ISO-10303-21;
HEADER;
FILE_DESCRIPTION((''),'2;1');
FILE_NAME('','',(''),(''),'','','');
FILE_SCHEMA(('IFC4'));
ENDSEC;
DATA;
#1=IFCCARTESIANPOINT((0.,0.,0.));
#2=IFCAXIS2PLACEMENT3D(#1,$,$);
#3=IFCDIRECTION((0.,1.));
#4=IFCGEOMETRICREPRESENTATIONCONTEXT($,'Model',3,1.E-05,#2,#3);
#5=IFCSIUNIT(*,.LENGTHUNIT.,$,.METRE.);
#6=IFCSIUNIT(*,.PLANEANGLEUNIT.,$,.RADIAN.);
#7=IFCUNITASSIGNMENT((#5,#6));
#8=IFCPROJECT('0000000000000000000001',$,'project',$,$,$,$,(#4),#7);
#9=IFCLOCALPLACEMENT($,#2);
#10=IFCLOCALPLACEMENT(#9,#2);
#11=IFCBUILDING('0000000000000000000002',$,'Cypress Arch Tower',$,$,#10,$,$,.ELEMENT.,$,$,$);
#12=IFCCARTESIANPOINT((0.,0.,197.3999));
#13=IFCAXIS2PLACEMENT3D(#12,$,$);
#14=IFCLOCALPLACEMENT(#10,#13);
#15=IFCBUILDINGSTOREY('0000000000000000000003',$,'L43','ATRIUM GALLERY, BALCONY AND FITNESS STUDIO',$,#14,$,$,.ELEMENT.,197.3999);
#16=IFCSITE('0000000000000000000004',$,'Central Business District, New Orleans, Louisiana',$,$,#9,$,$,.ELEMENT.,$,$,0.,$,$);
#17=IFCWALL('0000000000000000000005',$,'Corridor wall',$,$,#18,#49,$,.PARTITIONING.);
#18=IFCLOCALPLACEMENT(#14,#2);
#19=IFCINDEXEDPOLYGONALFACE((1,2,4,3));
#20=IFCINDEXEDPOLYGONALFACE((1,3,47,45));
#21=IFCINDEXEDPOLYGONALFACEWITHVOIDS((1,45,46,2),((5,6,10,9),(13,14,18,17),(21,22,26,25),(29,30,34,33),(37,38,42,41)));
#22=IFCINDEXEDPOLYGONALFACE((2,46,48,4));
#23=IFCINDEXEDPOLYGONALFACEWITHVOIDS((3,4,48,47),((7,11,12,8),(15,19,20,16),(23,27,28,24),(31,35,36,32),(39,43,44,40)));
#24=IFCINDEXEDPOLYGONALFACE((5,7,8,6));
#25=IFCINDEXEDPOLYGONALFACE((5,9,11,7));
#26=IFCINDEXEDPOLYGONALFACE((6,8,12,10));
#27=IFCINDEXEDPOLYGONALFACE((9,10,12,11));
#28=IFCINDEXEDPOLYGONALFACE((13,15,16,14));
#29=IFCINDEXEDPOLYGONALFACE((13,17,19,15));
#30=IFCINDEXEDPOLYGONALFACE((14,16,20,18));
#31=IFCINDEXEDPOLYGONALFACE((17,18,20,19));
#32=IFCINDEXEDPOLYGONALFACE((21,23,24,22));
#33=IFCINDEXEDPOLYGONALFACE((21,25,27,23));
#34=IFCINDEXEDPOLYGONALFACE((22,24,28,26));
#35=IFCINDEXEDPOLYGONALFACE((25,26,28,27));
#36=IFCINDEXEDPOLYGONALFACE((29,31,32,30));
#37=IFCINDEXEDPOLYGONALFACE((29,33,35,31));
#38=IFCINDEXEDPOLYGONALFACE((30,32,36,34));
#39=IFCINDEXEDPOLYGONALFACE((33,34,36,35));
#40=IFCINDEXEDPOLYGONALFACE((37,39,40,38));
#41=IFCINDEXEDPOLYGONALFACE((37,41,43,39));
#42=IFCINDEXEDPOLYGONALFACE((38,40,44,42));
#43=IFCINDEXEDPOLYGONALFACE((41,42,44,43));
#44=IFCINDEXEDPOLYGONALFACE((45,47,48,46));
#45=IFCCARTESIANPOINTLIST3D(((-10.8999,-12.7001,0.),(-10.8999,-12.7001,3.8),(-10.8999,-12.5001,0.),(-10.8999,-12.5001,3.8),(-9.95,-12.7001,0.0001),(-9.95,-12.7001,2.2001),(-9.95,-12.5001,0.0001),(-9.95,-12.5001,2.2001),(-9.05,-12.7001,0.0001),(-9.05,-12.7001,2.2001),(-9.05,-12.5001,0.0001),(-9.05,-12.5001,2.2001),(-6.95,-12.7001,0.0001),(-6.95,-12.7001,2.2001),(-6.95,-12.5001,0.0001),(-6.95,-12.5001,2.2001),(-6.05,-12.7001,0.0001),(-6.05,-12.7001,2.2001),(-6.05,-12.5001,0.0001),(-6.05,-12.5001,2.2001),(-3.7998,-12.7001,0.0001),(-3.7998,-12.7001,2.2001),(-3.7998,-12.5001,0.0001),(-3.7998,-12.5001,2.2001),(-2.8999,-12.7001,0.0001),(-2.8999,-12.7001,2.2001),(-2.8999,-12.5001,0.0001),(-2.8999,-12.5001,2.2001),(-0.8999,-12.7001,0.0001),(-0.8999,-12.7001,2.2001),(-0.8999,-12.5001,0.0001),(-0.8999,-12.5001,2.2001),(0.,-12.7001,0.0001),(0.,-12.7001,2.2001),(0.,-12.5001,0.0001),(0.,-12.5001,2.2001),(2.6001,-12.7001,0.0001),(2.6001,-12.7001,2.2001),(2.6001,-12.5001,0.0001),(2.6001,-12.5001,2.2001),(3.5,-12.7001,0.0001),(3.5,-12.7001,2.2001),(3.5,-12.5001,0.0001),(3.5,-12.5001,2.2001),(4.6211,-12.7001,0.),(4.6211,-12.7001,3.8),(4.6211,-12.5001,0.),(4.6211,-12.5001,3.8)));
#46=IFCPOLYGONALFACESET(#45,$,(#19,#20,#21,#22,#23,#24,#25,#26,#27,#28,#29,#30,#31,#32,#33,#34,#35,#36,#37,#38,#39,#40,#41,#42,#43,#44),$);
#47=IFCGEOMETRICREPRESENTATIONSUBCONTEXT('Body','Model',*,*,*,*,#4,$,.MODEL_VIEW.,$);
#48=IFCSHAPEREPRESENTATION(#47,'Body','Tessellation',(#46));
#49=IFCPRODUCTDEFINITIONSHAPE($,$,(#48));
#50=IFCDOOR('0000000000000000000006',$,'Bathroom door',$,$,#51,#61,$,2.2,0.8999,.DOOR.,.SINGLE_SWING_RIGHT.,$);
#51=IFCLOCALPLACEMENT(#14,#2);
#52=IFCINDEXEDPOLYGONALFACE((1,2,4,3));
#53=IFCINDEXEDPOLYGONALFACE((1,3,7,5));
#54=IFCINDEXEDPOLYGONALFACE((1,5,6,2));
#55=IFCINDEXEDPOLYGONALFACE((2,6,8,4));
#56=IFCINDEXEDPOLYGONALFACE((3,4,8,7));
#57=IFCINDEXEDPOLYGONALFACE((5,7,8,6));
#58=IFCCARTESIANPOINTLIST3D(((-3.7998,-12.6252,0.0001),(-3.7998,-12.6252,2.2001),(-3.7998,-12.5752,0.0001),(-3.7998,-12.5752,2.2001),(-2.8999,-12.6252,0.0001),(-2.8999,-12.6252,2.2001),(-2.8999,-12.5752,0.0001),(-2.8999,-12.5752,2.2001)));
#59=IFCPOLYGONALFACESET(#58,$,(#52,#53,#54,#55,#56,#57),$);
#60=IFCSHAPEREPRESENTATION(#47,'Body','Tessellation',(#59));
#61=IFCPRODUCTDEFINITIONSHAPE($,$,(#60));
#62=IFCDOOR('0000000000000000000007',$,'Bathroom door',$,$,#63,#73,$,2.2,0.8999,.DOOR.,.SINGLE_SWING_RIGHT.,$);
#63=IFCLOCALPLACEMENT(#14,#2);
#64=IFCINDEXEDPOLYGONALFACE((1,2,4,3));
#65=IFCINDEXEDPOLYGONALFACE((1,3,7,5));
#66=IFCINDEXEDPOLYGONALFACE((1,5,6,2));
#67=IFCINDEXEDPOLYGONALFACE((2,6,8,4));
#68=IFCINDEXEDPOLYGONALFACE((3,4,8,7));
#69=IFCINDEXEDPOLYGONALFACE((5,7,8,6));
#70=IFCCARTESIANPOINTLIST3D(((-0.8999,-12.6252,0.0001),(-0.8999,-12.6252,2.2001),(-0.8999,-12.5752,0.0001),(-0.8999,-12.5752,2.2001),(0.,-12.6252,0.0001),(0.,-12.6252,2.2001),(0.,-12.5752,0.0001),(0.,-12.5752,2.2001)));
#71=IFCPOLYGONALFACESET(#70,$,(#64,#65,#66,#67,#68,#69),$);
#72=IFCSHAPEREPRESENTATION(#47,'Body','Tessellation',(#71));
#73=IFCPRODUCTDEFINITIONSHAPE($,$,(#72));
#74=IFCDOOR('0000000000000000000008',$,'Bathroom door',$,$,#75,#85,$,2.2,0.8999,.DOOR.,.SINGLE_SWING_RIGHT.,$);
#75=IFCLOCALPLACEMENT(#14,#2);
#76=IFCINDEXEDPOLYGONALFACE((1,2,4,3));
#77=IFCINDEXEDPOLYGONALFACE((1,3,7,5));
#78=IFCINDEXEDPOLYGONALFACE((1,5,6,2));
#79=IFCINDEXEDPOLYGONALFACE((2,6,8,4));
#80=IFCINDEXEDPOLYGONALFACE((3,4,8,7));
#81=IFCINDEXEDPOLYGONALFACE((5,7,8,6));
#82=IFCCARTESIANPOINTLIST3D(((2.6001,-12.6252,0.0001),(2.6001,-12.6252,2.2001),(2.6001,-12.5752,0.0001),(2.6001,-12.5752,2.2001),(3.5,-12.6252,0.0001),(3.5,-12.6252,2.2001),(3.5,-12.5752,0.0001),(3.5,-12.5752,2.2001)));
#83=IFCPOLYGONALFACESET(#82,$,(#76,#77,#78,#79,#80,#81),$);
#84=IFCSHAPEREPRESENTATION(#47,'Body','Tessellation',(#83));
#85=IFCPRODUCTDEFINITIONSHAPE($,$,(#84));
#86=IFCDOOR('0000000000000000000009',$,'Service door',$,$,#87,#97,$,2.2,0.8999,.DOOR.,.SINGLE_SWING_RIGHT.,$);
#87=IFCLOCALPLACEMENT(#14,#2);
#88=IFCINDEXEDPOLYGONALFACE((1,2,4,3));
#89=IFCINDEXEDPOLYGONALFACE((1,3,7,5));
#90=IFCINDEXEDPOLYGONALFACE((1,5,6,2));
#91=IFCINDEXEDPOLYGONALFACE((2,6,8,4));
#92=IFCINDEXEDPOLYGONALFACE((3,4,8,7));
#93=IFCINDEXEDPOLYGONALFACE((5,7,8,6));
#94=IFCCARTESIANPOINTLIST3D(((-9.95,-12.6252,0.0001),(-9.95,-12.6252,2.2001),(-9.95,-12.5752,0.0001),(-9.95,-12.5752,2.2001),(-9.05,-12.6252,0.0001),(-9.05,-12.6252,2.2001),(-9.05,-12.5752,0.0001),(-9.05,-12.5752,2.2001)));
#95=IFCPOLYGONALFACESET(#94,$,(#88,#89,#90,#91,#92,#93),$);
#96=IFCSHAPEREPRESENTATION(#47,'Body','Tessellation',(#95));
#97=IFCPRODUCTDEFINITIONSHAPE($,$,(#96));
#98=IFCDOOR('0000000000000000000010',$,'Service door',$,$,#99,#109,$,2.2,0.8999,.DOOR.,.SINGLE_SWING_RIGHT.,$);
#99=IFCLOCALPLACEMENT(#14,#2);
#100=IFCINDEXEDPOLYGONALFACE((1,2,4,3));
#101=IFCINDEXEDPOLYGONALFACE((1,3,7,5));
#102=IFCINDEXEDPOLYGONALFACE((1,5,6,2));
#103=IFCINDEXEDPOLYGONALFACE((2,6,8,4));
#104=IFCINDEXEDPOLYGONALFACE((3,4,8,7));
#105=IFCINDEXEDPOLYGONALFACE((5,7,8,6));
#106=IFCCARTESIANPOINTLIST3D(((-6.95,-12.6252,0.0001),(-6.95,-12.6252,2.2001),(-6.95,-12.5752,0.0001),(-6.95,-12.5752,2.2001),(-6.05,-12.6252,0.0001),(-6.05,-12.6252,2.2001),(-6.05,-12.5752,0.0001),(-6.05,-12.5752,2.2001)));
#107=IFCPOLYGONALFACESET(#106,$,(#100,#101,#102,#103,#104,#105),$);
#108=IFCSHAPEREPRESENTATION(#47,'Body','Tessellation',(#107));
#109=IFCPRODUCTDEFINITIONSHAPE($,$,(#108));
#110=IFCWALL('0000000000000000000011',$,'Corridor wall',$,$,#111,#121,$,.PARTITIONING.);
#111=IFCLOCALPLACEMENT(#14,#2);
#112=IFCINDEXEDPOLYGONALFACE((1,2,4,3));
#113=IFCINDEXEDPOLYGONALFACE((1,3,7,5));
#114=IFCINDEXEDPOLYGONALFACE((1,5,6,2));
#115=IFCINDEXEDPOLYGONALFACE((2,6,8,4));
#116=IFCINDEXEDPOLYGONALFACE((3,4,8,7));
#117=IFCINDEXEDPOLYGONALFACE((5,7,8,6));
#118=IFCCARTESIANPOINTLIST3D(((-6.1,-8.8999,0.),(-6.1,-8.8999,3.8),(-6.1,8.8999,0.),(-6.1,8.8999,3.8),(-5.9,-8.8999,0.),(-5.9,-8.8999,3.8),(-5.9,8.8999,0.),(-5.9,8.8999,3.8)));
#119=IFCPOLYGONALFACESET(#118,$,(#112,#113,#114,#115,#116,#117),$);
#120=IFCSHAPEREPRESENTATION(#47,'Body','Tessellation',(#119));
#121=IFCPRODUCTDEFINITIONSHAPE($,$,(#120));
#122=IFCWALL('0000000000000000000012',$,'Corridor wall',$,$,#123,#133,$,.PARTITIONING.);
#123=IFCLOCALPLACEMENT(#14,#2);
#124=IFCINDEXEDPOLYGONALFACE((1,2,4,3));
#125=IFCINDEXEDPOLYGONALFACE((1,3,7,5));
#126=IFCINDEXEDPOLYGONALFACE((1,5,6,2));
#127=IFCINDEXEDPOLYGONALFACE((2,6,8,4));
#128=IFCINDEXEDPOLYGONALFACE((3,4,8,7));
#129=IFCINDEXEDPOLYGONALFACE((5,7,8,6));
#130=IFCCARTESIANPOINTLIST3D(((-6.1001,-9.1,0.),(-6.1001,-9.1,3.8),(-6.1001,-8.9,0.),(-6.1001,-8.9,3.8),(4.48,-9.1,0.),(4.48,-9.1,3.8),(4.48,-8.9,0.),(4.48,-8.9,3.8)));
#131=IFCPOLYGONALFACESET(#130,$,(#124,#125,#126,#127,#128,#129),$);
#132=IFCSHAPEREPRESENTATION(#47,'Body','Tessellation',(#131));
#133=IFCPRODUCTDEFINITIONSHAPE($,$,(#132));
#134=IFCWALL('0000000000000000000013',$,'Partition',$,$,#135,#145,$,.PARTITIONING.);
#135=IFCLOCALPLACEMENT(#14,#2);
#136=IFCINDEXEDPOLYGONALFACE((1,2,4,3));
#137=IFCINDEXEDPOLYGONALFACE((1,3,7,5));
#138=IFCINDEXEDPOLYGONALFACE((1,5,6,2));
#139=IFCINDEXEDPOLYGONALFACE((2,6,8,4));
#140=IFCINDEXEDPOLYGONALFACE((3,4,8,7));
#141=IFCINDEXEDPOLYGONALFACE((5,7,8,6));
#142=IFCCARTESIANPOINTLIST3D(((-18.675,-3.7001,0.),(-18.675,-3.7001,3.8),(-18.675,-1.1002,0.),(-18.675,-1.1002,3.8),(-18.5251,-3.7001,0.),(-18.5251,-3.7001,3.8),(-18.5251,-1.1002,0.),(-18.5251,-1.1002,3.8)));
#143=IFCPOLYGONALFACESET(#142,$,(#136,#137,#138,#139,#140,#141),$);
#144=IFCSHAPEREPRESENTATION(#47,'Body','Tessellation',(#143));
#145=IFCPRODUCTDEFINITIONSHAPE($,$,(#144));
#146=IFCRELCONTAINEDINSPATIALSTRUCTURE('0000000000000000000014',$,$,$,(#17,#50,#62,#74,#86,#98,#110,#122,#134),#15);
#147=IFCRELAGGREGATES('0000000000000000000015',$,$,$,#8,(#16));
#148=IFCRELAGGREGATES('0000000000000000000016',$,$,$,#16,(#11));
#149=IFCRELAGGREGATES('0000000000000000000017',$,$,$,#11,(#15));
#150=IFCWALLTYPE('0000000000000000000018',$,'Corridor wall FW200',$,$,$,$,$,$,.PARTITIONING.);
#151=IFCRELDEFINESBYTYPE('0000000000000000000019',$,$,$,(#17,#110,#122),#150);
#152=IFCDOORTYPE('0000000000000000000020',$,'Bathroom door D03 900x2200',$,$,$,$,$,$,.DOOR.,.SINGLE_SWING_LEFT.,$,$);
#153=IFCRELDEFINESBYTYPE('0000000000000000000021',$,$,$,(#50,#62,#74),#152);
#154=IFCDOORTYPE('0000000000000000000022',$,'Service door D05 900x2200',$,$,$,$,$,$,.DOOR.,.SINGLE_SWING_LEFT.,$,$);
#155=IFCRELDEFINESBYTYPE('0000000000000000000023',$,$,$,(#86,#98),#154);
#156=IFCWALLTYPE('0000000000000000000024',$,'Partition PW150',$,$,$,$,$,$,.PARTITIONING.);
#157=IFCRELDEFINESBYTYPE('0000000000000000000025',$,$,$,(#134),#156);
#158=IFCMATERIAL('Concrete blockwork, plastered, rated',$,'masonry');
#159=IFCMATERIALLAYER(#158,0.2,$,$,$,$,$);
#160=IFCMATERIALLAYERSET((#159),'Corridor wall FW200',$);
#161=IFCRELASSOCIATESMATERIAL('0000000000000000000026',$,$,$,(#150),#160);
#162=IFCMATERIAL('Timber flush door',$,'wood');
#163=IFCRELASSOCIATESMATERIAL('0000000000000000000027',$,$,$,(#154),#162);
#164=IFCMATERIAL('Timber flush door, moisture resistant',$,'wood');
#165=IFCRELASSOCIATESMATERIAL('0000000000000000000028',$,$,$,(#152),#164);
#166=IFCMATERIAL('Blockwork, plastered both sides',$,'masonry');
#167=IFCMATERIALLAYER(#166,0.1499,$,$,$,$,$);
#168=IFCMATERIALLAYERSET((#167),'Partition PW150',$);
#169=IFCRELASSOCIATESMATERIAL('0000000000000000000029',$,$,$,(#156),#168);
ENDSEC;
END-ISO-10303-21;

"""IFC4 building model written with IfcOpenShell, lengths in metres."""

from ifc_helpers import new_model, si_unit, direction, frame, frame_2d, origin, place, context, subcontext, project, spatial, rectangle, extrude, material, layer, layer_set, type_object, element, fill, save


model = new_model("IFC4")

# Units and contexts
model_context = context("Model", 3, precision=1e-05, world=origin(), true_north=direction((0.0, 1.0)))
body_context = subcontext(model_context, "Body", "Model", "MODEL_VIEW")
ifc_project = project(units=[si_unit("LENGTHUNIT", "METRE"), si_unit("PLANEANGLEUNIT", "RADIAN")], contexts=[model_context])

# Site, building, storey
site_placement = place(None, origin())
site = spatial("IfcSite", under=ifc_project, at=site_placement, Name="Central Business District, New Orleans, Louisiana", CompositionType="ELEMENT", RefElevation=0.0)
building_placement = place(site_placement, origin())
building = spatial("IfcBuilding", under=site, at=building_placement, Name="Cypress Arch Tower", CompositionType="ELEMENT")
storey_placement = place(building_placement, frame((0.0, 0.0, 197.3999)))
storey = spatial("IfcBuildingStorey", under=building, at=storey_placement, Name="L43", Description="ATRIUM GALLERY, BALCONY AND FITNESS STUDIO", CompositionType="ELEMENT", Elevation=197.3999)

# Wall, openings, doors
ifc_material_1 = material(Name="Concrete blockwork, plastered, rated", Category="masonry")
ifc_layer_1 = layer(ifc_material_1, 0.2)
ifc_layer_set_1 = layer_set([ifc_layer_1], Name="Corridor wall FW200")
wall_type_1 = type_object("IfcWallType", Name="Corridor wall FW200", PredefinedType="PARTITIONING", material=ifc_layer_set_1)
ifc_material_2 = material(Name="Timber flush door", Category="wood")
door_type_1 = type_object("IfcDoorType", Name="Service door D05 900x2200", OperationType="SINGLE_SWING_LEFT", PredefinedType="DOOR", material=ifc_material_2)
wall_1_placement = place(storey_placement, frame((-10.8999, -12.6001, 0.0), z_axis=(0.0, 0.0, 1.0), x_axis=(1.0, 0.0, 0.0)))
wall_1 = element("IfcWall", 1, at=wall_1_placement, inside=storey, type_object=wall_type_1, Name="Corridor wall", PredefinedType="PARTITIONING", context=body_context, shape_type="SweptSolid", body=[
    extrude(rectangle(XDim=15.521, YDim=0.2, at=frame_2d((7.7605, 0.0))), origin(), (0.0, 0.0, 1.0), 3.8),
])
opening_1_placement = place(wall_1_placement, frame((0.95, 0.0, 0.0)))
opening_1 = element("IfcOpeningElement", 2, at=opening_1_placement, cuts=wall_1, PredefinedType="OPENING", context=body_context, shape_type="SweptSolid", body=[
    extrude(rectangle(XDim=0.8999, YDim=2.2, at=frame_2d((0.45, 1.1001))), frame((0.0, 0.1099, 0.0), z_axis=(0.0, -1.0, 0.0), x_axis=(1.0, 0.0, 0.0)), (0.0, 0.0, 1.0), 0.22),
])
opening_2_placement = place(wall_1_placement, frame((3.95, 0.0, 0.0)))
opening_2 = element("IfcOpeningElement", 3, at=opening_2_placement, cuts=wall_1, PredefinedType="OPENING", context=body_context, shape_type="SweptSolid", body=[
    extrude(rectangle(XDim=0.8999, YDim=2.2, at=frame_2d((0.45, 1.1001))), frame((0.0, 0.1099, 0.0), z_axis=(0.0, -1.0, 0.0), x_axis=(1.0, 0.0, 0.0)), (0.0, 0.0, 1.0), 0.22),
])
opening_3_placement = place(wall_1_placement, frame((7.1001, 0.0, 0.0)))
opening_3 = element("IfcOpeningElement", 4, at=opening_3_placement, cuts=wall_1, PredefinedType="OPENING", context=body_context, shape_type="SweptSolid", body=[
    extrude(rectangle(XDim=0.8999, YDim=2.2, at=frame_2d((0.45, 1.1001))), frame((0.0, 0.1099, 0.0), z_axis=(0.0, -1.0, 0.0), x_axis=(1.0, 0.0, 0.0)), (0.0, 0.0, 1.0), 0.22),
])
opening_4_placement = place(wall_1_placement, frame((10.0, 0.0, 0.0)))
opening_4 = element("IfcOpeningElement", 5, at=opening_4_placement, cuts=wall_1, PredefinedType="OPENING", context=body_context, shape_type="SweptSolid", body=[
    extrude(rectangle(XDim=0.8999, YDim=2.2, at=frame_2d((0.45, 1.1001))), frame((0.0, 0.1099, 0.0), z_axis=(0.0, -1.0, 0.0), x_axis=(1.0, 0.0, 0.0)), (0.0, 0.0, 1.0), 0.22),
])
opening_5_placement = place(wall_1_placement, frame((13.5, 0.0, 0.0)))
opening_5 = element("IfcOpeningElement", 6, at=opening_5_placement, cuts=wall_1, PredefinedType="OPENING", context=body_context, shape_type="SweptSolid", body=[
    extrude(rectangle(XDim=0.8999, YDim=2.2, at=frame_2d((0.45, 1.1001))), frame((0.0, 0.1099, 0.0), z_axis=(0.0, -1.0, 0.0), x_axis=(1.0, 0.0, 0.0)), (0.0, 0.0, 1.0), 0.22),
])
ifc_material_3 = material(Name="Timber flush door, moisture resistant", Category="wood")
door_type_2 = type_object("IfcDoorType", Name="Bathroom door D03 900x2200", OperationType="SINGLE_SWING_LEFT", PredefinedType="DOOR", material=ifc_material_3)
door_1_placement = place(opening_3_placement, origin())
door_1 = element("IfcDoor", 7, at=door_1_placement, inside=storey, type_object=door_type_2, Name="Bathroom door", OperationType="SINGLE_SWING_RIGHT", OverallHeight=2.2, OverallWidth=0.8999, PredefinedType="DOOR", context=body_context, shape_type="SweptSolid", body=[
    extrude(rectangle(XDim=0.8999, YDim=2.2, at=frame_2d((0.45, 1.1001))), frame((0.0, 0.0249, 0.0), z_axis=(0.0, -1.0, 0.0), x_axis=(1.0, 0.0, 0.0)), (0.0, 0.0, 1.0), 0.05),
])
fill(opening_3, door_1)
door_2_placement = place(opening_4_placement, origin())
door_2 = element("IfcDoor", 8, at=door_2_placement, inside=storey, type_object=door_type_2, Name="Bathroom door", OperationType="SINGLE_SWING_RIGHT", OverallHeight=2.2, OverallWidth=0.8999, PredefinedType="DOOR", context=body_context, shape_type="SweptSolid", body=[
    extrude(rectangle(XDim=0.8999, YDim=2.2, at=frame_2d((0.45, 1.1001))), frame((0.0, 0.0249, 0.0), z_axis=(0.0, -1.0, 0.0), x_axis=(1.0, 0.0, 0.0)), (0.0, 0.0, 1.0), 0.05),
])
fill(opening_4, door_2)
door_3_placement = place(opening_5_placement, origin())
door_3 = element("IfcDoor", 9, at=door_3_placement, inside=storey, type_object=door_type_2, Name="Bathroom door", OperationType="SINGLE_SWING_RIGHT", OverallHeight=2.2, OverallWidth=0.8999, PredefinedType="DOOR", context=body_context, shape_type="SweptSolid", body=[
    extrude(rectangle(XDim=0.8999, YDim=2.2, at=frame_2d((0.45, 1.1001))), frame((0.0, 0.0249, 0.0), z_axis=(0.0, -1.0, 0.0), x_axis=(1.0, 0.0, 0.0)), (0.0, 0.0, 1.0), 0.05),
])
fill(opening_5, door_3)
door_4_placement = place(opening_1_placement, origin())
door_4 = element("IfcDoor", 10, at=door_4_placement, inside=storey, type_object=door_type_1, Name="Service door", OperationType="SINGLE_SWING_RIGHT", OverallHeight=2.2, OverallWidth=0.8999, PredefinedType="DOOR", context=body_context, shape_type="SweptSolid", body=[
    extrude(rectangle(XDim=0.8999, YDim=2.2, at=frame_2d((0.45, 1.1001))), frame((0.0, 0.0249, 0.0), z_axis=(0.0, -1.0, 0.0), x_axis=(1.0, 0.0, 0.0)), (0.0, 0.0, 1.0), 0.05),
])
fill(opening_1, door_4)
door_5_placement = place(opening_2_placement, origin())
door_5 = element("IfcDoor", 11, at=door_5_placement, inside=storey, type_object=door_type_1, Name="Service door", OperationType="SINGLE_SWING_RIGHT", OverallHeight=2.2, OverallWidth=0.8999, PredefinedType="DOOR", context=body_context, shape_type="SweptSolid", body=[
    extrude(rectangle(XDim=0.8999, YDim=2.2, at=frame_2d((0.45, 1.1001))), frame((0.0, 0.0249, 0.0), z_axis=(0.0, -1.0, 0.0), x_axis=(1.0, 0.0, 0.0)), (0.0, 0.0, 1.0), 0.05),
])
fill(opening_2, door_5)

# Walls
wall_2_placement = place(storey_placement, frame((-6.0, -8.8999, 0.0), z_axis=(0.0, 0.0, 1.0), x_axis=(0.0, 1.0, 0.0)))
element("IfcWall", 12, at=wall_2_placement, inside=storey, type_object=wall_type_1, Name="Corridor wall", PredefinedType="PARTITIONING", context=body_context, shape_type="SweptSolid", body=[
    extrude(rectangle(XDim=17.7998, YDim=0.2, at=frame_2d((8.8999, 0.0))), origin(), (0.0, 0.0, 1.0), 3.8),
])
wall_3_placement = place(storey_placement, frame((-6.1001, -9.0, 0.0), z_axis=(0.0, 0.0, 1.0), x_axis=(1.0, 0.0, 0.0)))
element("IfcWall", 13, at=wall_3_placement, inside=storey, type_object=wall_type_1, Name="Corridor wall", PredefinedType="PARTITIONING", context=body_context, shape_type="SweptSolid", body=[
    extrude(rectangle(XDim=10.5801, YDim=0.2, at=frame_2d((5.29, 0.0))), origin(), (0.0, 0.0, 1.0), 3.8),
])
ifc_material_4 = material(Name="Blockwork, plastered both sides", Category="masonry")
ifc_layer_2 = layer(ifc_material_4, 0.1499)
ifc_layer_set_2 = layer_set([ifc_layer_2], Name="Partition PW150")
wall_type_2 = type_object("IfcWallType", Name="Partition PW150", PredefinedType="PARTITIONING", material=ifc_layer_set_2)
wall_4_placement = place(storey_placement, frame((-18.6001, -3.7, 0.0), z_axis=(0.0, 0.0, 1.0), x_axis=(0.0, 1.0, 0.0)))
element("IfcWall", 14, at=wall_4_placement, inside=storey, type_object=wall_type_2, Name="Partition", PredefinedType="PARTITIONING", context=body_context, shape_type="SweptSolid", body=[
    extrude(rectangle(XDim=2.5999, YDim=0.1499, at=frame_2d((1.2998, 0.0))), origin(), (0.0, 0.0, 1.0), 3.8),
])

save(model, "model.ifc")
